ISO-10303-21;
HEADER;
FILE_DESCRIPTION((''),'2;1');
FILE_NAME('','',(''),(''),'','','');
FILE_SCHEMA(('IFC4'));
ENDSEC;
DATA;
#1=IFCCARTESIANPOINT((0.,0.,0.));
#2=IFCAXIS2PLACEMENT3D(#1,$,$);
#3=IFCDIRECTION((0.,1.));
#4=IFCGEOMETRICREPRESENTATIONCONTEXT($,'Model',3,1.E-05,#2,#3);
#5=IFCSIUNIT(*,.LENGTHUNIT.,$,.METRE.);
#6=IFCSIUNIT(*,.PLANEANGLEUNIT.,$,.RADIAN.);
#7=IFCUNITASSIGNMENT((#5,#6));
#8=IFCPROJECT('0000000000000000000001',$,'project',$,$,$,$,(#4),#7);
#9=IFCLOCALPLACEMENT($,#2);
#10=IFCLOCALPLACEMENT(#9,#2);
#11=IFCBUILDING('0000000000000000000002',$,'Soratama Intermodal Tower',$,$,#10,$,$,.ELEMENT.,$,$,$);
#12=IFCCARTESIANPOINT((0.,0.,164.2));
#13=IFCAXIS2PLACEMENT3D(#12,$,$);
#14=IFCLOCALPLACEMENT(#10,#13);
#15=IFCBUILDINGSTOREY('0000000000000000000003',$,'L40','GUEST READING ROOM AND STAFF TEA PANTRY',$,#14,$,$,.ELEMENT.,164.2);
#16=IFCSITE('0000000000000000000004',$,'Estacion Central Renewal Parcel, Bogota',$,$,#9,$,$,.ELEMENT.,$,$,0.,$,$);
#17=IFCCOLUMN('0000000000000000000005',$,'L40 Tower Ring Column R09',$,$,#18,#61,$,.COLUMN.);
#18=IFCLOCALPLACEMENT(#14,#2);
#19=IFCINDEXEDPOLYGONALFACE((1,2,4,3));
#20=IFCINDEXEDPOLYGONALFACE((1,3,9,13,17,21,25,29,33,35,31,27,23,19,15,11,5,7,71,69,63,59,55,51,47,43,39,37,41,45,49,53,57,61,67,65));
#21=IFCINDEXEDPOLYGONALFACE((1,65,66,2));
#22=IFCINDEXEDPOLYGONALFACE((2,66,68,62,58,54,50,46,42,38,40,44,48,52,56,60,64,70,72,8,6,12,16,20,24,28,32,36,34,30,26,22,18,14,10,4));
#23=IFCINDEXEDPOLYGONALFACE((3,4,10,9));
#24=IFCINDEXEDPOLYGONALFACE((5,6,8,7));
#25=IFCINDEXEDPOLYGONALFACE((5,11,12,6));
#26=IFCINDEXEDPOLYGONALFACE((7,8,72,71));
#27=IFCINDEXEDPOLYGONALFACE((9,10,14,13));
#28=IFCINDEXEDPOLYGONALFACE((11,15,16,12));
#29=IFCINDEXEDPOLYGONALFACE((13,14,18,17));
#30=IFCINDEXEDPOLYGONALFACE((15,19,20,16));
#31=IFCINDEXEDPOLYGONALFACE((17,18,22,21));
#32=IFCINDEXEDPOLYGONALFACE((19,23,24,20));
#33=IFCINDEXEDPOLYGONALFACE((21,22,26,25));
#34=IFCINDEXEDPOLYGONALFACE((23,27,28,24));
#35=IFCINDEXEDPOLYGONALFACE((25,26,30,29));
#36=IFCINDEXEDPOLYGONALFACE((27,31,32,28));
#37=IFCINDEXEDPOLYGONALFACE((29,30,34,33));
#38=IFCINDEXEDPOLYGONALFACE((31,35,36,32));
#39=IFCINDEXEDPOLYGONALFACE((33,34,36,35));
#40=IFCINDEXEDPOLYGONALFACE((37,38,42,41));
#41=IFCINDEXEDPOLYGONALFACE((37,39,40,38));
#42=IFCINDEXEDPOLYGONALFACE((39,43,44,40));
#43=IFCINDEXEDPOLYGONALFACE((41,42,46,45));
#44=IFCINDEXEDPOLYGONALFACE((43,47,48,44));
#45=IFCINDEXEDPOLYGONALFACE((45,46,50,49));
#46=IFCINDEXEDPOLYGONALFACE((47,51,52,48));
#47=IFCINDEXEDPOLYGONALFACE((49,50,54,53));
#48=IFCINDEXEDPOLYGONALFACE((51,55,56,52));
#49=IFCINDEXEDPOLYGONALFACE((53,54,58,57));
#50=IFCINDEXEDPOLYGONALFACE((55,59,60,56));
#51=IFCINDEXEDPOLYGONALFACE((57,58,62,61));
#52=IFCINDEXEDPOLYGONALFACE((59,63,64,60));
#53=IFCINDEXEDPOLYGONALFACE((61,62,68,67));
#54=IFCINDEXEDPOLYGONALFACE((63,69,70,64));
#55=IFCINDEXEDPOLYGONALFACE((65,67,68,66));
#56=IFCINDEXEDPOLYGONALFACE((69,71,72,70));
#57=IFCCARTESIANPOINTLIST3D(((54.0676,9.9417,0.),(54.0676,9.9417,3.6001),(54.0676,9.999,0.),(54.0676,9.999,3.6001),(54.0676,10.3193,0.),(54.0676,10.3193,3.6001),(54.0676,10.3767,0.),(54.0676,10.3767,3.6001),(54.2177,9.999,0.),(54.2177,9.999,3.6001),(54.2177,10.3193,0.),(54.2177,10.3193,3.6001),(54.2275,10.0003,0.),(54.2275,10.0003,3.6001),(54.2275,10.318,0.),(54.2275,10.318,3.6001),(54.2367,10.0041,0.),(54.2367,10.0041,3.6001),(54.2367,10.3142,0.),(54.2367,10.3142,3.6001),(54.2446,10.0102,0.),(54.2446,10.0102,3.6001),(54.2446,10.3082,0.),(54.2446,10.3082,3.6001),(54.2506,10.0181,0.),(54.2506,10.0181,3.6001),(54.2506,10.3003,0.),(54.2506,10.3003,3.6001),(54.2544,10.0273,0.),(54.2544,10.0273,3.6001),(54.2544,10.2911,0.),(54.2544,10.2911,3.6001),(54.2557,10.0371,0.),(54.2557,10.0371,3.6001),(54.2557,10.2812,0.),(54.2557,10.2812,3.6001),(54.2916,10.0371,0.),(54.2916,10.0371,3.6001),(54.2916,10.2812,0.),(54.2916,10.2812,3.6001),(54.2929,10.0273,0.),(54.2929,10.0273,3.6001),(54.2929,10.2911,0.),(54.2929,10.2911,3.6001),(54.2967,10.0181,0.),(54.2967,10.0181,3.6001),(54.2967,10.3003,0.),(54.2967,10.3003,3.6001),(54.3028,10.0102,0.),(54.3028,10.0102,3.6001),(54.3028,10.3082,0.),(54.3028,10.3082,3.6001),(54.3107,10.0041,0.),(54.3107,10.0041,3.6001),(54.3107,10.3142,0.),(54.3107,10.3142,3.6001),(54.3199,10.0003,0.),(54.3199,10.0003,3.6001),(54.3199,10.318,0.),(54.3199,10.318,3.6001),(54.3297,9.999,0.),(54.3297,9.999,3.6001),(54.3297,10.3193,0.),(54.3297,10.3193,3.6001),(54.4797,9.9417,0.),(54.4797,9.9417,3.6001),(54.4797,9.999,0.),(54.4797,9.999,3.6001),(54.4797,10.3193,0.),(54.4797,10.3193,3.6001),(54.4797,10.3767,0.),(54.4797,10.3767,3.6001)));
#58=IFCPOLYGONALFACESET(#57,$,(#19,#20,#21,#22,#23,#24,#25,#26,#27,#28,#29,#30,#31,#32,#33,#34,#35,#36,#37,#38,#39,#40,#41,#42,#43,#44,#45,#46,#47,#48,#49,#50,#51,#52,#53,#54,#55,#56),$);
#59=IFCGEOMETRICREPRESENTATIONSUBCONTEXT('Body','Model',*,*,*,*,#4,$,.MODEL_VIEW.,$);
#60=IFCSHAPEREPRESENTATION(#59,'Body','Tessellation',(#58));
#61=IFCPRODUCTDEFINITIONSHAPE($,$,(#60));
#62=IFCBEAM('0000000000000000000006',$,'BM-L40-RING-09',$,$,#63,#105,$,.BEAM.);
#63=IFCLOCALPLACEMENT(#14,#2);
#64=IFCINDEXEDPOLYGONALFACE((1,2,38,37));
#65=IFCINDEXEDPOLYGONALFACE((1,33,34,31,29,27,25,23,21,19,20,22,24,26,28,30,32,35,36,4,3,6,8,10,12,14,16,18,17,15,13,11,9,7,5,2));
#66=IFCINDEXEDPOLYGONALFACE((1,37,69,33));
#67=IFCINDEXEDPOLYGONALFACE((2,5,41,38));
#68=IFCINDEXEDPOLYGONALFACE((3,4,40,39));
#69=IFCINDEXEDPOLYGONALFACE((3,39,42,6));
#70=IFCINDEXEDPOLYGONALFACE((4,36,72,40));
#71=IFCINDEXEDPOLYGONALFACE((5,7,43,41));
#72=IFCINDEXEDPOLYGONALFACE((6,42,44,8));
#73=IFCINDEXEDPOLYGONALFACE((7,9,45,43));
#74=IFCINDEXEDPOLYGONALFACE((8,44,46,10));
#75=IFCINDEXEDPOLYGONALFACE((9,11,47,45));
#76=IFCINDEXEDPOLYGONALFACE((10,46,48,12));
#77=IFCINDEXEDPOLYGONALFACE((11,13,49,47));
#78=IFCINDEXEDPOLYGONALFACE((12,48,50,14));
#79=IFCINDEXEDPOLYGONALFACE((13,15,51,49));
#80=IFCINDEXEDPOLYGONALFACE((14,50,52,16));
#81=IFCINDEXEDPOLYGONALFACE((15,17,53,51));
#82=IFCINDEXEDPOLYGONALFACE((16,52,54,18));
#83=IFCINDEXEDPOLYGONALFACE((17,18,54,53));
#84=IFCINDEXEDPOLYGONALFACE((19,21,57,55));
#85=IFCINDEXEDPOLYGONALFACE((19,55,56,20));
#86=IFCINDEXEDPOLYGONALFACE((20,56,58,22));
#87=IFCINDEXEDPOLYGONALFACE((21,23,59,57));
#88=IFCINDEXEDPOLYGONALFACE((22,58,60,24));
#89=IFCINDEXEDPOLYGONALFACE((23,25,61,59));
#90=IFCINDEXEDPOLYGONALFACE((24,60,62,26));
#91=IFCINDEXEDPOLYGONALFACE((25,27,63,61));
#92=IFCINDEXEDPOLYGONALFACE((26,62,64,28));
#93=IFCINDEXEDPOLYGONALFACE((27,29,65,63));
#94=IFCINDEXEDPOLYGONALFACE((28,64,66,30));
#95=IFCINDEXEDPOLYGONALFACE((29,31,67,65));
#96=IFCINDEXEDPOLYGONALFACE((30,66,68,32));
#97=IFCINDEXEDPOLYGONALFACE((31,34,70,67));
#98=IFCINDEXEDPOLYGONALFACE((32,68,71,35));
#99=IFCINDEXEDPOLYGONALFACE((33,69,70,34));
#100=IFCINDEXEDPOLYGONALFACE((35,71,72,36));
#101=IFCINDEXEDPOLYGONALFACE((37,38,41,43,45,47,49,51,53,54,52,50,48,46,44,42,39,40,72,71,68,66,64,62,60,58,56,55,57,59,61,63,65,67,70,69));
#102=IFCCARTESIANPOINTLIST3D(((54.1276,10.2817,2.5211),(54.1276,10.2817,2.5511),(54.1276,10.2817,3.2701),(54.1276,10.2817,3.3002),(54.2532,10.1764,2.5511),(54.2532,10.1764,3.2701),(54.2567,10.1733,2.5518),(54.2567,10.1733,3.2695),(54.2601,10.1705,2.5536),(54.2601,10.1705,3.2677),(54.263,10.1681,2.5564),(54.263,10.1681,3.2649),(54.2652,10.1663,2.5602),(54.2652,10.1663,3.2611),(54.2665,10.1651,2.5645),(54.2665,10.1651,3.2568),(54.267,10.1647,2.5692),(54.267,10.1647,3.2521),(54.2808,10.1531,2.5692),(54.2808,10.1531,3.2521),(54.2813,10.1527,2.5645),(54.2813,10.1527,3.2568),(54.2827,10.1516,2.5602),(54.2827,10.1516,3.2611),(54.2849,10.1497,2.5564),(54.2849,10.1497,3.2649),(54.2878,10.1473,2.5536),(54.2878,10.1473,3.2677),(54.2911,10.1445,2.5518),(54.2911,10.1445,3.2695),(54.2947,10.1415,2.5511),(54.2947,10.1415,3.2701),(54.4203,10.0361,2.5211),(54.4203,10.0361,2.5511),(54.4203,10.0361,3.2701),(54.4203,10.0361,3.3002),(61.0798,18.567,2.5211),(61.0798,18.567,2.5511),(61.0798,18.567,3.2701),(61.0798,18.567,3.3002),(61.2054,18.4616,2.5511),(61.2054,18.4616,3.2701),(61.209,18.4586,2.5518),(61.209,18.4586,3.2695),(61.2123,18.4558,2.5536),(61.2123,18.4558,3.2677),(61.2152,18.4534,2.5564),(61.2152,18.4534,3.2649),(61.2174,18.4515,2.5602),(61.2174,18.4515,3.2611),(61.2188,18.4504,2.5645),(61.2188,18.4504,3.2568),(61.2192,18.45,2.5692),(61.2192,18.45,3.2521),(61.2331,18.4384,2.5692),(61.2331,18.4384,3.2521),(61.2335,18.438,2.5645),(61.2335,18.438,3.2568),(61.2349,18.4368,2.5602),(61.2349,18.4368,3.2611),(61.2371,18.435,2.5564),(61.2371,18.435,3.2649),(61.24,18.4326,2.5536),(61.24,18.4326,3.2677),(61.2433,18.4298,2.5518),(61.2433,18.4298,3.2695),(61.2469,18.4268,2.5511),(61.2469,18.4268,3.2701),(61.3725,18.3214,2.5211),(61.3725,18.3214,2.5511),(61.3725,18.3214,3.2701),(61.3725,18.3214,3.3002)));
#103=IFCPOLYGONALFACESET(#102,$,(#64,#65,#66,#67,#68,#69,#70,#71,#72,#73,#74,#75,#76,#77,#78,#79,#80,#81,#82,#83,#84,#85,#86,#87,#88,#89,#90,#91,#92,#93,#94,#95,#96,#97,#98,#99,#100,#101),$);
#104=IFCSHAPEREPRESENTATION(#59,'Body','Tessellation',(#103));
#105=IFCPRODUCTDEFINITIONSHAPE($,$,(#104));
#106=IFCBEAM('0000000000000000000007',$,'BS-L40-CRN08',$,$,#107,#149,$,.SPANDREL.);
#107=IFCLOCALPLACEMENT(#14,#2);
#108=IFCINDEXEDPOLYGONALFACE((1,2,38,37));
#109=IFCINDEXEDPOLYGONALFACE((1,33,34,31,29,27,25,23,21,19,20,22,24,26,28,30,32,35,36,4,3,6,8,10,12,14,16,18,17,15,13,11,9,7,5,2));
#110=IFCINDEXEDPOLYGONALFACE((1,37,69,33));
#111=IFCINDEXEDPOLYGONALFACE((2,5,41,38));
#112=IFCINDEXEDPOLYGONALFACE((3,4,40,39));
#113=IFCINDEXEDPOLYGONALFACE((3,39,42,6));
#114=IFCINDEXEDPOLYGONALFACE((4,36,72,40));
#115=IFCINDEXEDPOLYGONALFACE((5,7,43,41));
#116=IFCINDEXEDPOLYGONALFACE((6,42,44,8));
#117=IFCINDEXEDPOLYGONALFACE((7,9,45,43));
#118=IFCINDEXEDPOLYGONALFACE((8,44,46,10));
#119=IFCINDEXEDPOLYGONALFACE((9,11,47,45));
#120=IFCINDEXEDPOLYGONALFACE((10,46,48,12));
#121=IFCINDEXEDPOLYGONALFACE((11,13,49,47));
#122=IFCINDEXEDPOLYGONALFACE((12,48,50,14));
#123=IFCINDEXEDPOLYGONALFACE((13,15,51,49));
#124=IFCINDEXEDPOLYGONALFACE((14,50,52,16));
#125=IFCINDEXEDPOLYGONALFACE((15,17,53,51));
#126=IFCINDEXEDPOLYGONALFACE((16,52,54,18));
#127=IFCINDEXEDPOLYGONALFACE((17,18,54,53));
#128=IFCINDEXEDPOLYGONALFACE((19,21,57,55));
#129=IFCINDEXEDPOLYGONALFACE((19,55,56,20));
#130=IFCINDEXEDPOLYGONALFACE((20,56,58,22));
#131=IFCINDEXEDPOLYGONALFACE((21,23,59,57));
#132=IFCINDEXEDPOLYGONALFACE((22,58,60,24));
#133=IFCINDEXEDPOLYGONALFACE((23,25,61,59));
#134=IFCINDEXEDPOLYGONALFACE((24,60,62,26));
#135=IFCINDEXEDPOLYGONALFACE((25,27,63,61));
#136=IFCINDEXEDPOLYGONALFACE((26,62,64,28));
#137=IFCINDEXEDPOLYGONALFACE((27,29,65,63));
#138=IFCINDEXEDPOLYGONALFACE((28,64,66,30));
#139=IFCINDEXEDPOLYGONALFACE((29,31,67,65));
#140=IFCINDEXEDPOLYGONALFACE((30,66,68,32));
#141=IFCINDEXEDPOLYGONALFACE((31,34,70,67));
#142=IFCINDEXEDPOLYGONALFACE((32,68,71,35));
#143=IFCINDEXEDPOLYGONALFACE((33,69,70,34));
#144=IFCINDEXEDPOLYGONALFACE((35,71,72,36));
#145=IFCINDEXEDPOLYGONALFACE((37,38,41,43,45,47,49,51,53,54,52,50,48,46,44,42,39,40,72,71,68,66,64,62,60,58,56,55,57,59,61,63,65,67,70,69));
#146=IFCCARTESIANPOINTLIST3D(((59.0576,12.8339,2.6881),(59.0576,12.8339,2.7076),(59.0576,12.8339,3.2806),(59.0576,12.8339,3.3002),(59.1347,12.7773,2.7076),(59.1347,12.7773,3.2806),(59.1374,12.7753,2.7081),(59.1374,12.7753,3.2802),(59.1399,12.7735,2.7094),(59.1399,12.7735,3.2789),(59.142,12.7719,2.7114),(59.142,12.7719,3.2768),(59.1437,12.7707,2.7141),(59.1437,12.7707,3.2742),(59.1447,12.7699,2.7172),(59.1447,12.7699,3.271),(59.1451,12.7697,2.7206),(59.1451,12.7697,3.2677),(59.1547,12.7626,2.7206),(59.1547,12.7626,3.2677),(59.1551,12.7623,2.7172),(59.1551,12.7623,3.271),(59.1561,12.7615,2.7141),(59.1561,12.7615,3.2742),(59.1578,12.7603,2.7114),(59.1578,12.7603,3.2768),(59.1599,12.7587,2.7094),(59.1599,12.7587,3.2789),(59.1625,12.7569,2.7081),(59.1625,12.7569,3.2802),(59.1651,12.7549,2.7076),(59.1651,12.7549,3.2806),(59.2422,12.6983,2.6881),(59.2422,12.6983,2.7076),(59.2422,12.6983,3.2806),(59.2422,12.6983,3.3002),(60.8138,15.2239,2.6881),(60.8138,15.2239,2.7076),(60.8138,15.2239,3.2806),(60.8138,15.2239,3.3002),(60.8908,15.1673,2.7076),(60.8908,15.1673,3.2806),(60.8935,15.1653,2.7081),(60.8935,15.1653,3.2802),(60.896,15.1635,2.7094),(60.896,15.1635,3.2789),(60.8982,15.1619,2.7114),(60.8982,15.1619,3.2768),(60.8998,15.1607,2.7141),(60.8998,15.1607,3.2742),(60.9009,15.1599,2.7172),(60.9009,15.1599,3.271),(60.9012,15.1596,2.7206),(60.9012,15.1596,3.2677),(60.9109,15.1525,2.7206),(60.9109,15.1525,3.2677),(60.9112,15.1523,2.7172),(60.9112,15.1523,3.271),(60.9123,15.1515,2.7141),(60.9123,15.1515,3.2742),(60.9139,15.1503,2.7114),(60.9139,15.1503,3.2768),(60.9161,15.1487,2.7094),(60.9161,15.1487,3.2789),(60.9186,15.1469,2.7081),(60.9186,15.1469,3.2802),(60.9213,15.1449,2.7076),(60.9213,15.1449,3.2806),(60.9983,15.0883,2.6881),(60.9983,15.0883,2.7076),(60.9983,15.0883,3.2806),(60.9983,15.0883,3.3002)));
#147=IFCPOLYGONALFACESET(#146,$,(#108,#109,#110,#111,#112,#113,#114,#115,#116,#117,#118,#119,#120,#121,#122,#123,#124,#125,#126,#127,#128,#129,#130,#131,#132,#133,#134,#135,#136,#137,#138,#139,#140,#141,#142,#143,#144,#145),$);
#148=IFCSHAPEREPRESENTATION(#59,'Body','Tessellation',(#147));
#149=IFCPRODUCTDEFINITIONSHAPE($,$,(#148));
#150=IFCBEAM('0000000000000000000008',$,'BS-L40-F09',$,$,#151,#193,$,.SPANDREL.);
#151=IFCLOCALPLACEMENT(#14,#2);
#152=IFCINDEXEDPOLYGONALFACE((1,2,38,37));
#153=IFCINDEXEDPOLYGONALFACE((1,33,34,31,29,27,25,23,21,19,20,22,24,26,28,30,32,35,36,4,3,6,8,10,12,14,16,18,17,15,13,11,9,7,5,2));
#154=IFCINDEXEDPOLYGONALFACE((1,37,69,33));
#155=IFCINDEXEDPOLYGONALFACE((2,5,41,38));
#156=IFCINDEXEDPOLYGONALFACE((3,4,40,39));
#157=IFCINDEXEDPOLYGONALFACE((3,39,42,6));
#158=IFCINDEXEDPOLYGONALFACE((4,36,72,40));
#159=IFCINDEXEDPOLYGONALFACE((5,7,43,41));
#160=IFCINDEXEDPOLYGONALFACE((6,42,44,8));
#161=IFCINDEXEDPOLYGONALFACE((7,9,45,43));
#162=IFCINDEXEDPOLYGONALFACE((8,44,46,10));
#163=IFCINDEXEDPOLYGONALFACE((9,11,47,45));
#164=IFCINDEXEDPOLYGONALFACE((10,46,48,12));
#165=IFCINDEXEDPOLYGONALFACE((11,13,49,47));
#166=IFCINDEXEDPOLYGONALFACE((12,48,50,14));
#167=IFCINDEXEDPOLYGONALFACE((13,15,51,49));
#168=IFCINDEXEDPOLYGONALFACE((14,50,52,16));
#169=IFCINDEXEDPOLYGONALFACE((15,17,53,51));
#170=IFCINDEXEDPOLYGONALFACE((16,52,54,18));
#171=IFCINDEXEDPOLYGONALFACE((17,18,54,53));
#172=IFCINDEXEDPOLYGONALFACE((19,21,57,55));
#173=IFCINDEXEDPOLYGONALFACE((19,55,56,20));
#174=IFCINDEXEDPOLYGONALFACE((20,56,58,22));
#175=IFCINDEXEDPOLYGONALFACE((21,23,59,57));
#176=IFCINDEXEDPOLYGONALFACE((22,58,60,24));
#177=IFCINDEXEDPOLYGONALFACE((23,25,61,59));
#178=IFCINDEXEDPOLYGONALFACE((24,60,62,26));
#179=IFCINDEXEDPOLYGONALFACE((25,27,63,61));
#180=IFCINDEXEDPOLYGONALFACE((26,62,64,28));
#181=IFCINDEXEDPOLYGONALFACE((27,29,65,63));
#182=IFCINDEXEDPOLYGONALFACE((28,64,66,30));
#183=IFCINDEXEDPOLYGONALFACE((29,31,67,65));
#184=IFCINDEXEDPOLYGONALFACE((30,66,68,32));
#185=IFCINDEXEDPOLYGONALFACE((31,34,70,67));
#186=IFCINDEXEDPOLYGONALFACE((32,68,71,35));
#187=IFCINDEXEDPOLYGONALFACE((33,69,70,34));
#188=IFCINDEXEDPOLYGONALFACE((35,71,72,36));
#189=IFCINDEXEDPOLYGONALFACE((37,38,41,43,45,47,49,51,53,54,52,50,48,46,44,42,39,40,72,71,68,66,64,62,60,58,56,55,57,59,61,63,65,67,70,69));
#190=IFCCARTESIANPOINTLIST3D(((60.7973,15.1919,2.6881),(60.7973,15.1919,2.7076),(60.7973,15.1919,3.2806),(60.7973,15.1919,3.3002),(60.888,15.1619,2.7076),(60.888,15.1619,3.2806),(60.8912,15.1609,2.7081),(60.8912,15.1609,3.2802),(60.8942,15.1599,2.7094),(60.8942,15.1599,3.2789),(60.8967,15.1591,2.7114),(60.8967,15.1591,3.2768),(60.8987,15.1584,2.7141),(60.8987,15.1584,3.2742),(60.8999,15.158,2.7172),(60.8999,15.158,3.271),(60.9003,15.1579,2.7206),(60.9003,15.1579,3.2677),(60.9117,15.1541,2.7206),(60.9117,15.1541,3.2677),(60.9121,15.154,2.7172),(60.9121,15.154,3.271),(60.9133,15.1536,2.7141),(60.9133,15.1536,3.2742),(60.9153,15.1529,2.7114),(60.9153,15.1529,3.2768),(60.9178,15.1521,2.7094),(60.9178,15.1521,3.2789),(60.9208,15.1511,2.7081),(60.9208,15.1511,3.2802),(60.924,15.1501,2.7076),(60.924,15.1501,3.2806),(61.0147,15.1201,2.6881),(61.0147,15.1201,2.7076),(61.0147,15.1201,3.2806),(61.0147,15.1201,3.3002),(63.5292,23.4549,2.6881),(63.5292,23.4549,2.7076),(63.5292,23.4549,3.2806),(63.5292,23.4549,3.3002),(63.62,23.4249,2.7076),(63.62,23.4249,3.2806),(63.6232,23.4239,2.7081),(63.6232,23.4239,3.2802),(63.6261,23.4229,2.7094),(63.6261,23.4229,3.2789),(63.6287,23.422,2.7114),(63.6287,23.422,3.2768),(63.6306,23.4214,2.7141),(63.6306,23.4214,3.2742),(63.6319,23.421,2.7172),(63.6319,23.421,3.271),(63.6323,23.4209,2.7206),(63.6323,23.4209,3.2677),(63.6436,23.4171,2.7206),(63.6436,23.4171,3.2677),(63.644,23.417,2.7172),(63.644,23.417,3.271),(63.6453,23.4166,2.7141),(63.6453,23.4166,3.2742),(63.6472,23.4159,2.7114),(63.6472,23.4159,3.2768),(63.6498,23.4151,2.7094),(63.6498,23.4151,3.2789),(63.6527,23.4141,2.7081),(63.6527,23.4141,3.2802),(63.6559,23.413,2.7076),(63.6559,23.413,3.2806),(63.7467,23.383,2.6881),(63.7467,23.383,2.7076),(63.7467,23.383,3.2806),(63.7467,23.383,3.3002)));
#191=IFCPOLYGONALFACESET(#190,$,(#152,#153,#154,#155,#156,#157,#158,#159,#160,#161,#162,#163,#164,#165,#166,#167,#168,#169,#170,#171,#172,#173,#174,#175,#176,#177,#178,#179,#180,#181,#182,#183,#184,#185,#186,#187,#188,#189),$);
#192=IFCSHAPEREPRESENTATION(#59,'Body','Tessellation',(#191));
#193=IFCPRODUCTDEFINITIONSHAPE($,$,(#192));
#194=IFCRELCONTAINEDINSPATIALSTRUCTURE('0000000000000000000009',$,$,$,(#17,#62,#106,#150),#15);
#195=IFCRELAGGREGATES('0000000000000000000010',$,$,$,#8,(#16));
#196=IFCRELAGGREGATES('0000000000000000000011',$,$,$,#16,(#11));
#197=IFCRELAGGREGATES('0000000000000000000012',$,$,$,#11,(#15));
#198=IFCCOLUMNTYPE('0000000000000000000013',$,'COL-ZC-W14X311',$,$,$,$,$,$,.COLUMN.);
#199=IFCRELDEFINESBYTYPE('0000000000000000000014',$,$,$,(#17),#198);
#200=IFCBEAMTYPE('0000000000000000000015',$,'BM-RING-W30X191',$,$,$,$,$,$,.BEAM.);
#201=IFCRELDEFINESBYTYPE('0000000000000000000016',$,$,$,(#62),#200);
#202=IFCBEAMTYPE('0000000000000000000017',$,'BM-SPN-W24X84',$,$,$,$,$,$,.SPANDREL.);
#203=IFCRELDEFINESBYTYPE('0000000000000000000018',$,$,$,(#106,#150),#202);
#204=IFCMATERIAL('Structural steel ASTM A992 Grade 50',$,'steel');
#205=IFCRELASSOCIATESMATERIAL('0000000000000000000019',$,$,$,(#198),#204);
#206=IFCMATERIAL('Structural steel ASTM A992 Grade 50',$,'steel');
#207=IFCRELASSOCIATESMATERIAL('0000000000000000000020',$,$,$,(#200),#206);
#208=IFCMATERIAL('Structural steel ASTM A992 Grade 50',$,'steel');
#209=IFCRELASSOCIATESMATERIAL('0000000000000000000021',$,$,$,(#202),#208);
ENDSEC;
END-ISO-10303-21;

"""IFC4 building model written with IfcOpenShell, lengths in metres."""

from ifc_helpers import new_model, si_unit, direction, frame, origin, origin_2d, place, context, subcontext, project, spatial, i_section, extrude, material, material_profile, profile_set, type_object, element, save


model = new_model("IFC4")

# Units and contexts
model_context = context("Model", 3, precision=1e-05, world=origin(), true_north=direction((0.0, 1.0)))
body_context = subcontext(model_context, "Body", "Model", "MODEL_VIEW")
ifc_project = project(units=[si_unit("LENGTHUNIT", "METRE"), si_unit("PLANEANGLEUNIT", "RADIAN")], contexts=[model_context])

# Site, building, storey
site_placement = place(None, origin())
site = spatial("IfcSite", under=ifc_project, at=site_placement, Name="Estacion Central Renewal Parcel, Bogota", CompositionType="ELEMENT", RefElevation=0.0)
building_placement = place(site_placement, origin())
building = spatial("IfcBuilding", under=site, at=building_placement, Name="Soratama Intermodal Tower", CompositionType="ELEMENT")
storey_placement = place(building_placement, frame((0.0, 0.0, 164.2)))
storey = spatial("IfcBuildingStorey", under=building, at=storey_placement, Name="L40", Description="GUEST READING ROOM AND STAFF TEA PANTRY", CompositionType="ELEMENT", Elevation=164.2)

# Column
ifc_material_1 = material(Name="Structural steel ASTM A992 Grade 50", Category="steel")
ifc_material_profile_1 = material_profile(ifc_material_1, i_section(OverallWidth=0.4121, OverallDepth=0.4351, WebThickness=0.0359, FlangeThickness=0.0574, FilletRadius=0.0381, at=origin_2d()), Name="W14X311")
ifc_profile_set_1 = profile_set([ifc_material_profile_1], Name="Structural steel ASTM A992 Grade 50")
column_type = type_object("IfcColumnType", Name="COL-ZC-W14X311", PredefinedType="COLUMN", material=ifc_profile_set_1)
column_placement = place(storey_placement, frame((54.2737, 10.1592, 0.0), z_axis=(0.0, 0.0, 1.0), x_axis=(1.0, 0.0, 0.0)))
element("IfcColumn", 1, at=column_placement, inside=storey, type_object=column_type, Name="L40 Tower Ring Column R09", PredefinedType="COLUMN", context=body_context, shape_type="SweptSolid", body=[
    extrude(i_section(OverallWidth=0.4121, OverallDepth=0.4351, WebThickness=0.0359, FlangeThickness=0.0574, FilletRadius=0.0381, at=origin_2d()), origin(), (0.0, 0.0, 1.0), 3.6001),
])

# Beams
ifc_material_2 = material(Name="Structural steel ASTM A992 Grade 50", Category="steel")
ifc_material_profile_2 = material_profile(ifc_material_2, i_section(OverallWidth=0.3821, OverallDepth=0.7791, WebThickness=0.0181, FlangeThickness=0.03, FilletRadius=0.0181, at=origin_2d()), Name="W30X191")
ifc_profile_set_2 = profile_set([ifc_material_profile_2], Name="Structural steel ASTM A992 Grade 50")
beam_type_1 = type_object("IfcBeamType", Name="BM-RING-W30X191", PredefinedType="BEAM", material=ifc_profile_set_2)
beam_1_placement = place(storey_placement, frame((54.2739, 10.1589, 2.9106), z_axis=(0.642792, 0.766041, 0.0), x_axis=(-0.766041, 0.642792, 0.0)))
element("IfcBeam", 2, at=beam_1_placement, inside=storey, type_object=beam_type_1, Name="BM-L40-RING-09", PredefinedType="BEAM", context=body_context, shape_type="SweptSolid", body=[
    extrude(i_section(OverallWidth=0.3821, OverallDepth=0.7791, WebThickness=0.0181, FlangeThickness=0.03, FilletRadius=0.0181, at=origin_2d()), origin(), (0.0, 0.0, 1.0), 10.8157),
])
ifc_material_3 = material(Name="Structural steel ASTM A992 Grade 50", Category="steel")
ifc_material_profile_3 = material_profile(ifc_material_3, i_section(OverallWidth=0.229, OverallDepth=0.6121, WebThickness=0.012, FlangeThickness=0.0195, FilletRadius=0.0129, at=origin_2d()), Name="W24X84")
ifc_profile_set_3 = profile_set([ifc_material_profile_3], Name="Structural steel ASTM A992 Grade 50")
beam_type_2 = type_object("IfcBeamType", Name="BM-SPN-W24X84", PredefinedType="SPANDREL", material=ifc_profile_set_3)
beam_2_placement = place(storey_placement, frame((59.1499, 12.7661, 2.9941), z_axis=(0.592134, 0.805839, 0.0), x_axis=(-0.805839, 0.592134, 0.0)))
element("IfcBeam", 3, at=beam_2_placement, inside=storey, type_object=beam_type_2, Name="BS-L40-CRN08", PredefinedType="SPANDREL", context=body_context, shape_type="SweptSolid", body=[
    extrude(i_section(OverallWidth=0.229, OverallDepth=0.6121, WebThickness=0.012, FlangeThickness=0.0195, FilletRadius=0.0129, at=origin_2d()), origin(), (0.0, 0.0, 1.0), 2.9658),
])
beam_3_placement = place(storey_placement, frame((60.906, 15.156, 2.9941), z_axis=(0.313912, 0.949452, 0.0), x_axis=(-0.949452, 0.313912, 0.0)))
element("IfcBeam", 4, at=beam_3_placement, inside=storey, type_object=beam_type_2, Name="BS-L40-F09", PredefinedType="SPANDREL", context=body_context, shape_type="SweptSolid", body=[
    extrude(i_section(OverallWidth=0.229, OverallDepth=0.6121, WebThickness=0.012, FlangeThickness=0.0195, FilletRadius=0.0129, at=origin_2d()), origin(), (0.0, 0.0, 1.0), 8.7029),
])

save(model, "model.ifc")
